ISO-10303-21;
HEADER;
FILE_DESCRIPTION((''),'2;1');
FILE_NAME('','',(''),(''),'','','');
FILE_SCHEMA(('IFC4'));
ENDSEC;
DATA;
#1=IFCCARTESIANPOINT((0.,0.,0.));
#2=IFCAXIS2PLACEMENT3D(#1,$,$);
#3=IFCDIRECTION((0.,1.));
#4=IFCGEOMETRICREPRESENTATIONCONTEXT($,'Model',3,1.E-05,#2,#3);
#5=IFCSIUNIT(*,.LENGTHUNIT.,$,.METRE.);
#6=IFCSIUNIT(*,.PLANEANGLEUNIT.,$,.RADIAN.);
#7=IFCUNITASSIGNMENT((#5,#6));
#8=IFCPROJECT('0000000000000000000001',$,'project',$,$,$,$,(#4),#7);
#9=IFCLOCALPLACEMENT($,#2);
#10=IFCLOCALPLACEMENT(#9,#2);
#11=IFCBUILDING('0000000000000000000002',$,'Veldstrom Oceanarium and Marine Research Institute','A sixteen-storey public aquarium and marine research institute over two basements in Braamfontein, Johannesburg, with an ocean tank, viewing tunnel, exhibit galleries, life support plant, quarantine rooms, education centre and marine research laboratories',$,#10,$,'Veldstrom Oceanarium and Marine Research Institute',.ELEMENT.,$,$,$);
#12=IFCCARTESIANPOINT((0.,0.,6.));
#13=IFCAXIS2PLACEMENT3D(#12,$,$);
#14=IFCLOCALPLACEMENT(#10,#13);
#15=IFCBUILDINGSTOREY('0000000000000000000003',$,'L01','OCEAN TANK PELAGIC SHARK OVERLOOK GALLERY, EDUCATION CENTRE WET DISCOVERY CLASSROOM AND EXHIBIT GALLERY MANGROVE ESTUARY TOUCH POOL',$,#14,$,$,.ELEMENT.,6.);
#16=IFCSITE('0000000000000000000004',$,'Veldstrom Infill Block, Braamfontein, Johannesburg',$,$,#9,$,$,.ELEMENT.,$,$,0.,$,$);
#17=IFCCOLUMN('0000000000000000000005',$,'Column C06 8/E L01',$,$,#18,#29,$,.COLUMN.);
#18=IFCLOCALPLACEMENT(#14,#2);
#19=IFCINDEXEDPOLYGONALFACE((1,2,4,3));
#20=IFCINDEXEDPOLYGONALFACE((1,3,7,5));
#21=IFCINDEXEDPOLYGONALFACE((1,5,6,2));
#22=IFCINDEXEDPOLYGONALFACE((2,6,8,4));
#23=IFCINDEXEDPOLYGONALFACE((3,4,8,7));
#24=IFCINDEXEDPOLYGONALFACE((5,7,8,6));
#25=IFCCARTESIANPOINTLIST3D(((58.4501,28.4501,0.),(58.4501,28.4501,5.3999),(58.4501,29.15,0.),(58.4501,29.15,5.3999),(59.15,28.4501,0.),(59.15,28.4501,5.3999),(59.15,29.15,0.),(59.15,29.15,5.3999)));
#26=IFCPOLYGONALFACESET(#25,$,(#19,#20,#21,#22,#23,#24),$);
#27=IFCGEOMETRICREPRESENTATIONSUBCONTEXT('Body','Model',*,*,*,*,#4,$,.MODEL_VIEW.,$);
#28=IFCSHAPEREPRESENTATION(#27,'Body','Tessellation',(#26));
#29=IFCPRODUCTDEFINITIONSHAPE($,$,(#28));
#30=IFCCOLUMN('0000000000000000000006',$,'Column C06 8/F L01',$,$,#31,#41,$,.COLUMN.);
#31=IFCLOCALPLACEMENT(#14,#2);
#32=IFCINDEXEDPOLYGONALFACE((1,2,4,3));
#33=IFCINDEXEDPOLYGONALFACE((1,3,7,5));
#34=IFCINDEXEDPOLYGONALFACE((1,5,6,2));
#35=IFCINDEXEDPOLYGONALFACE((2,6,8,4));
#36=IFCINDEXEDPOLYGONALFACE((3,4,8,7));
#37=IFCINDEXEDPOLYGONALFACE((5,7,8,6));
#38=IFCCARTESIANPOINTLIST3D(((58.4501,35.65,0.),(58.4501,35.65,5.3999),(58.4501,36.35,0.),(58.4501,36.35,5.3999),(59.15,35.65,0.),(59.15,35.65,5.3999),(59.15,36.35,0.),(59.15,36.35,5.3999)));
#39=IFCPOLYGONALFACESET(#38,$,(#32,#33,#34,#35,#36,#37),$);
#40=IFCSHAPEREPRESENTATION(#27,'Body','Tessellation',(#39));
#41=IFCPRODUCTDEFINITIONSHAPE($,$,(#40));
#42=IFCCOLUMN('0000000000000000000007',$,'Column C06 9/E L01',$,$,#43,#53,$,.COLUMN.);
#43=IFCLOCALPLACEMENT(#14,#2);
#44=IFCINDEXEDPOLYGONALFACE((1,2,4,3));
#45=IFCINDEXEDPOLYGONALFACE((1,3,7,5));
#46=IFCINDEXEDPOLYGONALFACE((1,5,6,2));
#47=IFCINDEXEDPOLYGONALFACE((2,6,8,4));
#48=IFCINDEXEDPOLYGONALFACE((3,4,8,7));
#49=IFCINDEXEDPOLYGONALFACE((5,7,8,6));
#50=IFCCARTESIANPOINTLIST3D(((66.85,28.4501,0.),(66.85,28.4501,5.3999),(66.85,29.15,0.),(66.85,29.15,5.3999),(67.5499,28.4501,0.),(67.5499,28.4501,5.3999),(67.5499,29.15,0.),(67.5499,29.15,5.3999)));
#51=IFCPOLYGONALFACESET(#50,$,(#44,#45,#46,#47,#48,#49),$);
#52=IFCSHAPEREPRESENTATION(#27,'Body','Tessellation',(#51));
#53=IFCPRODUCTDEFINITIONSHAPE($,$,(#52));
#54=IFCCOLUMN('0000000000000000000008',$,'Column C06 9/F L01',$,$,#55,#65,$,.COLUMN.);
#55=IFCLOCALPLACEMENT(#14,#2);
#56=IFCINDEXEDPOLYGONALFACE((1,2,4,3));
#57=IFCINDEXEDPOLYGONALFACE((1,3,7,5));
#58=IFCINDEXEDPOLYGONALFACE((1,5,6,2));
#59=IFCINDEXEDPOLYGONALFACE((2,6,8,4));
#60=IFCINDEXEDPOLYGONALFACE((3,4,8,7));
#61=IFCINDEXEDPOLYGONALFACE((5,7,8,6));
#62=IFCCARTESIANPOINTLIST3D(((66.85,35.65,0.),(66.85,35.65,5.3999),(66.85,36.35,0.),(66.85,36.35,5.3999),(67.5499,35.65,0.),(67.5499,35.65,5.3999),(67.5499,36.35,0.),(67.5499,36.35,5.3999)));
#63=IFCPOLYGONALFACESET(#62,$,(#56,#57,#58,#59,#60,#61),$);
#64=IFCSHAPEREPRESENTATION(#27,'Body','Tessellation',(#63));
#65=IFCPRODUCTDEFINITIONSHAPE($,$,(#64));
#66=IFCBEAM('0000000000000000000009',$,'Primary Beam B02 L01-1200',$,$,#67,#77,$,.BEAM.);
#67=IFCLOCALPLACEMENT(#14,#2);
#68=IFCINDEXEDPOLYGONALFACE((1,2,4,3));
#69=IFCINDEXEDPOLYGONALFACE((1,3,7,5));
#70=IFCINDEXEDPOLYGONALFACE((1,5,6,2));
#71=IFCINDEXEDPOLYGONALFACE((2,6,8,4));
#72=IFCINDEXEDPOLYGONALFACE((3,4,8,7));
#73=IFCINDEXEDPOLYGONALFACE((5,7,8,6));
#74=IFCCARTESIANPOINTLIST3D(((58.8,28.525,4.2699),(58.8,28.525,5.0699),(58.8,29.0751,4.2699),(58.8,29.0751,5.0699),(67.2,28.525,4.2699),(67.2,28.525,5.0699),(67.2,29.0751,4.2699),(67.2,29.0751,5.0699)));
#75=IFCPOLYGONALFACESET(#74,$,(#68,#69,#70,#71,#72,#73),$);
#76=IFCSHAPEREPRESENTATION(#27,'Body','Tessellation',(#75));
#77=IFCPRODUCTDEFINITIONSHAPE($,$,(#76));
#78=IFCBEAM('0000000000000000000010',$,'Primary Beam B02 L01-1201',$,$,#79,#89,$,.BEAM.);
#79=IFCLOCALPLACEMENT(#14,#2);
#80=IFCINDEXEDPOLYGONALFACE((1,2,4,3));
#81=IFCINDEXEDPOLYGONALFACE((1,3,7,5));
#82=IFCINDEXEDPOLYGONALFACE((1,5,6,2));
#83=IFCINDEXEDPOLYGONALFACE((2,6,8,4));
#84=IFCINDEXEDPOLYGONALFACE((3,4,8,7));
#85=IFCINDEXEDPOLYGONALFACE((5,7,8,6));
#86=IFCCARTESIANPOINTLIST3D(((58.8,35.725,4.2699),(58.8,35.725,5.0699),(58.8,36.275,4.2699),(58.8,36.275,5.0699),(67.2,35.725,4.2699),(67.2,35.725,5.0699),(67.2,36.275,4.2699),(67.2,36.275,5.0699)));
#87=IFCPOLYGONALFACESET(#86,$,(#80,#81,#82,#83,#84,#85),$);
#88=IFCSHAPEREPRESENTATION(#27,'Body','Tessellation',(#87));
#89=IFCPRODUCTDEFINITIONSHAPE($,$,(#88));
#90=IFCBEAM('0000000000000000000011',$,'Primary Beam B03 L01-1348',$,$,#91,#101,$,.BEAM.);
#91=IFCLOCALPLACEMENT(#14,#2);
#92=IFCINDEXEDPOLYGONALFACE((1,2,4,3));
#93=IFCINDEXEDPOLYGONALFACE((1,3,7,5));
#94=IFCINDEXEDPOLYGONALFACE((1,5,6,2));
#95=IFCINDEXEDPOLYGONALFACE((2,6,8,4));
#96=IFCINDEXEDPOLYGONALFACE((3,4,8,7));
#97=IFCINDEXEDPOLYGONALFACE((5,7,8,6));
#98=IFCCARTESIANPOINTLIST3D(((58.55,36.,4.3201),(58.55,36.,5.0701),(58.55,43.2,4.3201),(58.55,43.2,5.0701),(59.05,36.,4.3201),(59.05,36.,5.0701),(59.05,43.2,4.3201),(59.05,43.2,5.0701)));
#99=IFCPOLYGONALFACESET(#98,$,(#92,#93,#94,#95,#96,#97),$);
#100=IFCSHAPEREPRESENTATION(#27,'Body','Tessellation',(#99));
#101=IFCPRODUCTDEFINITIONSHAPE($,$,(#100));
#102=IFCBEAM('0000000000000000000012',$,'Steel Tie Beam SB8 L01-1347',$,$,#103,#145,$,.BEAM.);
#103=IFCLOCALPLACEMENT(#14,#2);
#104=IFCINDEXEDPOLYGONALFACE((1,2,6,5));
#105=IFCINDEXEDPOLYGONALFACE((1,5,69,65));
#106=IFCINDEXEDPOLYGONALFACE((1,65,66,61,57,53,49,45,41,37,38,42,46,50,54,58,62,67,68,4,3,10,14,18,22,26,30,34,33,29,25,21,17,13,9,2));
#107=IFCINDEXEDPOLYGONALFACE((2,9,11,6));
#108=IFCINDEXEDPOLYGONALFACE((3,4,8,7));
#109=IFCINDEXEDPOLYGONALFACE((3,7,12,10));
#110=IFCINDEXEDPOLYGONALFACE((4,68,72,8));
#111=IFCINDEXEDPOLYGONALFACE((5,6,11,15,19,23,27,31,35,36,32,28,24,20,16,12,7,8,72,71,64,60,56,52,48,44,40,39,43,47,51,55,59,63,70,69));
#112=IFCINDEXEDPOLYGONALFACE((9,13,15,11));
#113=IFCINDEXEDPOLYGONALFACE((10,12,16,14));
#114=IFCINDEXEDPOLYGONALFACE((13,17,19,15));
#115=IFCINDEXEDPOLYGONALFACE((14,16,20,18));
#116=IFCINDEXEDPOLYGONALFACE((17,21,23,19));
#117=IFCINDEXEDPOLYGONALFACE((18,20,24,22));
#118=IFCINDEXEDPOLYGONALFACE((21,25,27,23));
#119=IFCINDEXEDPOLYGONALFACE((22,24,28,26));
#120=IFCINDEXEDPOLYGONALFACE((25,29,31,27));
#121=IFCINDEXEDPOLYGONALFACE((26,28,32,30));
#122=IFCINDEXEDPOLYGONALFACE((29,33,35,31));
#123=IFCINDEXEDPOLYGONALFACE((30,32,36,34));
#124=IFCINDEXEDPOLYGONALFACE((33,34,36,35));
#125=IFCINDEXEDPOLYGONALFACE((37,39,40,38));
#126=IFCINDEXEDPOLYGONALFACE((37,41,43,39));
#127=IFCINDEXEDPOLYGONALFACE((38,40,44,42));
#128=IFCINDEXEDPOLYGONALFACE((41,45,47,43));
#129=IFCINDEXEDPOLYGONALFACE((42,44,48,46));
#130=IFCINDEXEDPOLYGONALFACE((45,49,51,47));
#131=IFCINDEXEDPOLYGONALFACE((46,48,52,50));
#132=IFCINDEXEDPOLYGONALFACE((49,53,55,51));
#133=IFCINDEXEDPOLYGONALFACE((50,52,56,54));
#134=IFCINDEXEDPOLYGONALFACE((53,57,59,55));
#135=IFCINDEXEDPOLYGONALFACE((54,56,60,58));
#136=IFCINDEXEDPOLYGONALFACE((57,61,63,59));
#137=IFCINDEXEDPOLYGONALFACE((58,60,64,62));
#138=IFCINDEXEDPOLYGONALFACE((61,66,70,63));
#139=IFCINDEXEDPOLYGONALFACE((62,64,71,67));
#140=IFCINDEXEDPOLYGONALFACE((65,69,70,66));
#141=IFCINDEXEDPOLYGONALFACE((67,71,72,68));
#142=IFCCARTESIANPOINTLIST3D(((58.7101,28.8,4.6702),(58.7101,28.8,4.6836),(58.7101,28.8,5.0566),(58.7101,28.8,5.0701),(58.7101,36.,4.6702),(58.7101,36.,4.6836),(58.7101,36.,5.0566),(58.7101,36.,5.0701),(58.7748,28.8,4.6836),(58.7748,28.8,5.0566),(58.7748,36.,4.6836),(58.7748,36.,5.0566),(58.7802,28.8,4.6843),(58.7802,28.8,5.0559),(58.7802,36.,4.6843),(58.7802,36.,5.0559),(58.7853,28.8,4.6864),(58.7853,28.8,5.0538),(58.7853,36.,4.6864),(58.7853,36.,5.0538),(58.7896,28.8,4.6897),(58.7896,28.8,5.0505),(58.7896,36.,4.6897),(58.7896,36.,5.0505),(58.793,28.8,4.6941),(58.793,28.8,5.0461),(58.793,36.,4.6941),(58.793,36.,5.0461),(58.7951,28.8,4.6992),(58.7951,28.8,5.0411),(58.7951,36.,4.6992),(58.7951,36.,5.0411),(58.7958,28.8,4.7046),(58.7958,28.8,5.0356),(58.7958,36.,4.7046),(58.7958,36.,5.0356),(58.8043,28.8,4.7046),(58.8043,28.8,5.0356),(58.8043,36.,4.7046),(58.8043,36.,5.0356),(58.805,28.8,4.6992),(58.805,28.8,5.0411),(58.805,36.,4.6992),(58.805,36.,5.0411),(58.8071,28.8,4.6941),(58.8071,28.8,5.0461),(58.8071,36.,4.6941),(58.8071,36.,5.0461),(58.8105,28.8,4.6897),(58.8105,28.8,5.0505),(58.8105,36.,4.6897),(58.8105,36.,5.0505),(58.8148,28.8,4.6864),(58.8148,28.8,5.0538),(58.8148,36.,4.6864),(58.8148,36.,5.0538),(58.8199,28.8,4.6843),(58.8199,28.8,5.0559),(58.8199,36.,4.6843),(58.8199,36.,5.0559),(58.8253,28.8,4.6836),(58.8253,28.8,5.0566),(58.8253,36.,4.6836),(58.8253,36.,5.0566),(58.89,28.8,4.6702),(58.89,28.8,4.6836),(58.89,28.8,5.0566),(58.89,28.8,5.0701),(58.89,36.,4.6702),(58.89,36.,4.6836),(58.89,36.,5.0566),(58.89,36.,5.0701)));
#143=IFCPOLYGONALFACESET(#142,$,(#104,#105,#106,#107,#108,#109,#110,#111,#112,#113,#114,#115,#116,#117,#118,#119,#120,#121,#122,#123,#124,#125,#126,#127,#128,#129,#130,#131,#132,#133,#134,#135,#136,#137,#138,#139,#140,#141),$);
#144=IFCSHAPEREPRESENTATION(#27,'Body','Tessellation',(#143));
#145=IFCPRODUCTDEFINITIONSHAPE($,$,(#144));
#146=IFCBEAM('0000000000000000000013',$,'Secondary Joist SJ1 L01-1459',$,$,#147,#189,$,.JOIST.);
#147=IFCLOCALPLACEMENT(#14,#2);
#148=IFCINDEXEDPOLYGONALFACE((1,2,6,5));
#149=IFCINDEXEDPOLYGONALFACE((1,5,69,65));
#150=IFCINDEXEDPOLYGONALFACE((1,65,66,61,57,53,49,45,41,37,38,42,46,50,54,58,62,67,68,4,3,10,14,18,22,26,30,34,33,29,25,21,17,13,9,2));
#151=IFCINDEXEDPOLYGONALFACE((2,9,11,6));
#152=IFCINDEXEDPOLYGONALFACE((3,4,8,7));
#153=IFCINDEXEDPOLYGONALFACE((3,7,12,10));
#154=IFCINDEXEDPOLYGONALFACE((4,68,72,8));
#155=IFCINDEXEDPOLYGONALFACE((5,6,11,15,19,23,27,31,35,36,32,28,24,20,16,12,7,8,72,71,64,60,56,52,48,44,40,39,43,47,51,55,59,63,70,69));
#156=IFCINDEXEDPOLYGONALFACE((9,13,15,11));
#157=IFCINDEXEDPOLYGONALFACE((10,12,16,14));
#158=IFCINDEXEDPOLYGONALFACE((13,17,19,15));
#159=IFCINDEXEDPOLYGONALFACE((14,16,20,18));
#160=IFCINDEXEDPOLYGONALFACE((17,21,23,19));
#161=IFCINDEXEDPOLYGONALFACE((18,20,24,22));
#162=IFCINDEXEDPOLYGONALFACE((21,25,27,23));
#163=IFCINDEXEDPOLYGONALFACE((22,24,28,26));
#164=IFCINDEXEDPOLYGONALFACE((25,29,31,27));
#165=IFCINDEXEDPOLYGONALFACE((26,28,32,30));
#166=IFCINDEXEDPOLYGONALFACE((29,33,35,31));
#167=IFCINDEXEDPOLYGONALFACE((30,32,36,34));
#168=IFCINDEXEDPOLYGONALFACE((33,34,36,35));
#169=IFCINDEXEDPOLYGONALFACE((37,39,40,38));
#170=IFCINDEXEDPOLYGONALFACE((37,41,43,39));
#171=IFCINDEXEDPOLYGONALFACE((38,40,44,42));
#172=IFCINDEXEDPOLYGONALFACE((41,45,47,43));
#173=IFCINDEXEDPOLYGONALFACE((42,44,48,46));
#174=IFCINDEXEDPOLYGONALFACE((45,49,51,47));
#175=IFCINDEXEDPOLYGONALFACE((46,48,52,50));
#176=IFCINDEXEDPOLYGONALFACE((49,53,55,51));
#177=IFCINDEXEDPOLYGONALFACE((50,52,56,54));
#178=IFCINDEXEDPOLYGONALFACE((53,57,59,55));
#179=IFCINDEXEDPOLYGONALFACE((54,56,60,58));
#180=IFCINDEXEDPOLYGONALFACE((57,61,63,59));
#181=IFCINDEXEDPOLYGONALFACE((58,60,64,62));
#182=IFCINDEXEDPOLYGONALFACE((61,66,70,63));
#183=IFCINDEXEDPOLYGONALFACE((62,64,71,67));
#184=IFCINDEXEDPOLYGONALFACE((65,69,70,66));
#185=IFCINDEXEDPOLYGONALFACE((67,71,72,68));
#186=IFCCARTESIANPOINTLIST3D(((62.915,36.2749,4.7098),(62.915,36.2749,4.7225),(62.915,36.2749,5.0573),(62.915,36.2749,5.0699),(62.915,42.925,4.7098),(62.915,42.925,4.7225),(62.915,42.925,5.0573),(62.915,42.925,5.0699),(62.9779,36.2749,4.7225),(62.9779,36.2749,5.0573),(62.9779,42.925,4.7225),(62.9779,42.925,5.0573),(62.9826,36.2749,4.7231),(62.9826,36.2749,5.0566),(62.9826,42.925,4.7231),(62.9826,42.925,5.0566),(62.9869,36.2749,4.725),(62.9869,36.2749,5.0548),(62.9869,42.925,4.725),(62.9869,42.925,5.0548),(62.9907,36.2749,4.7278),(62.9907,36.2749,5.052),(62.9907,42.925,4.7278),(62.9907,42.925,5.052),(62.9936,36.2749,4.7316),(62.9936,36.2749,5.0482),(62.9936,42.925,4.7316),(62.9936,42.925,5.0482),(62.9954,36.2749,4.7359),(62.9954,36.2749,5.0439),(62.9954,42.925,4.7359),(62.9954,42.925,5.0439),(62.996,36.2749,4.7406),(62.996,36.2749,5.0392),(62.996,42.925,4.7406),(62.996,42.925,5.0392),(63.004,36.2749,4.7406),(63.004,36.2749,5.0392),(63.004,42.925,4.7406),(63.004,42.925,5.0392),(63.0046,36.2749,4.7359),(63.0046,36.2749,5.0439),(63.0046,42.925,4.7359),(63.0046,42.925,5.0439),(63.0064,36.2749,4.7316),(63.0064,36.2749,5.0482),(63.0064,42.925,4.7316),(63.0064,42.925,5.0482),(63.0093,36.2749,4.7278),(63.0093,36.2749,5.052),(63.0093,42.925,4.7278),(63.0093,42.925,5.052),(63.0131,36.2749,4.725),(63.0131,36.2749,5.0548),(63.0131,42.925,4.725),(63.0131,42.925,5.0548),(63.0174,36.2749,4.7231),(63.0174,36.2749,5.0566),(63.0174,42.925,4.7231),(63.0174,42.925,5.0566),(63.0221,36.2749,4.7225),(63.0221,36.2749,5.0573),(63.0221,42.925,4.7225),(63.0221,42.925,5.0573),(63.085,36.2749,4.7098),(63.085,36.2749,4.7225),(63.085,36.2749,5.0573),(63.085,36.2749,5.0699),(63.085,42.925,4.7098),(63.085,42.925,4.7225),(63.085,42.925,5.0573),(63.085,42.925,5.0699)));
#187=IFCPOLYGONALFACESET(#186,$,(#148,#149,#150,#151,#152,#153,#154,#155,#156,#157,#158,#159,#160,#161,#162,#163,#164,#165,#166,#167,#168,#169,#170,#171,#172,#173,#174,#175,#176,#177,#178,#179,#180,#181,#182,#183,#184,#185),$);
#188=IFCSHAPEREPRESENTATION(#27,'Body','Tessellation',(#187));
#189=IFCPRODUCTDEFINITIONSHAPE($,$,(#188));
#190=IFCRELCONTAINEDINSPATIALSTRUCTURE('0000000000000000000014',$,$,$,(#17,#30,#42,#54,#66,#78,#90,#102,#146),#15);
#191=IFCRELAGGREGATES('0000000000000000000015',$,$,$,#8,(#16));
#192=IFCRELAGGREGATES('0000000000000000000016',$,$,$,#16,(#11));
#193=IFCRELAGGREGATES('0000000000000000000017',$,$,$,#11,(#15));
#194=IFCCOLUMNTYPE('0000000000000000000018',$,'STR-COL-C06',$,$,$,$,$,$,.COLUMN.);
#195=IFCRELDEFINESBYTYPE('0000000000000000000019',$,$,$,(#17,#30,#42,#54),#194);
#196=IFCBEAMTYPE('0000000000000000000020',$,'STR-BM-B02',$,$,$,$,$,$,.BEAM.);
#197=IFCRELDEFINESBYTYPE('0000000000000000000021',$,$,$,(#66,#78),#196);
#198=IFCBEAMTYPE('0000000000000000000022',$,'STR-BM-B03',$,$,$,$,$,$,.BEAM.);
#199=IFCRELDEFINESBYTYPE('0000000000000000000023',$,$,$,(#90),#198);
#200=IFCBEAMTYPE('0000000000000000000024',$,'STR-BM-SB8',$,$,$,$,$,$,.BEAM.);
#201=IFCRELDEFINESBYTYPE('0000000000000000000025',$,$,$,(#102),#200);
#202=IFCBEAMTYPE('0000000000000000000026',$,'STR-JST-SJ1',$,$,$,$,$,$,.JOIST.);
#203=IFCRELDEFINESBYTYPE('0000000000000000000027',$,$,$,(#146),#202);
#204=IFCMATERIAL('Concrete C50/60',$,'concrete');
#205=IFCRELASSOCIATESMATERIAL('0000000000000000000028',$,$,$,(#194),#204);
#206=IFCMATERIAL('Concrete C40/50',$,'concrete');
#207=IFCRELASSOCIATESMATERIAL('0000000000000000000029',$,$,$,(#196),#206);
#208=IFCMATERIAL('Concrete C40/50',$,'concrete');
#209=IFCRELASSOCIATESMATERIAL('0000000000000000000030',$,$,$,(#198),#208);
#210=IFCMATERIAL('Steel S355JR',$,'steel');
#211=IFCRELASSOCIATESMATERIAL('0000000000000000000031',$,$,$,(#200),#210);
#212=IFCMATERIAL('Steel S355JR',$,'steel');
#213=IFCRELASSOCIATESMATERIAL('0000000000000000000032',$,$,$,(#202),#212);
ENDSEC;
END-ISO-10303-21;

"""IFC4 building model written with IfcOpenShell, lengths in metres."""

from ifc_helpers import new_model, si_unit, direction, frame, origin, origin_2d, place, context, subcontext, project, spatial, rectangle, i_section, extrude, material, material_profile, profile_set, type_object, element, save


model = new_model("IFC4")

# Units and contexts
model_context = context("Model", 3, precision=1e-05, world=origin(), true_north=direction((0.0, 1.0)))
body_context = subcontext(model_context, "Body", "Model", "MODEL_VIEW")
ifc_project = project(units=[si_unit("LENGTHUNIT", "METRE"), si_unit("PLANEANGLEUNIT", "RADIAN")], contexts=[model_context])

# Site, building, storey
site_placement = place(None, origin())
site = spatial("IfcSite", under=ifc_project, at=site_placement, Name="Veldstrom Infill Block, Braamfontein, Johannesburg", CompositionType="ELEMENT", RefElevation=0.0)
building_placement = place(site_placement, origin())
building = spatial("IfcBuilding", under=site, at=building_placement, Name="Veldstrom Oceanarium and Marine Research Institute", Description="A sixteen-storey public aquarium and marine research institute over two basements in Braamfontein, Johannesburg, with an ocean tank, viewing tunnel, exhibit galleries, life support plant, quarantine rooms, education centre and marine research laboratories", LongName="Veldstrom Oceanarium and Marine Research Institute", CompositionType="ELEMENT")
storey_placement = place(building_placement, frame((0.0, 0.0, 6.0)))
storey = spatial("IfcBuildingStorey", under=building, at=storey_placement, Name="L01", Description="OCEAN TANK PELAGIC SHARK OVERLOOK GALLERY, EDUCATION CENTRE WET DISCOVERY CLASSROOM AND EXHIBIT GALLERY MANGROVE ESTUARY TOUCH POOL", CompositionType="ELEMENT", Elevation=6.0)

# Columns
ifc_material_1 = material(Name="Concrete C50/60", Category="concrete")
ifc_material_profile_1 = material_profile(ifc_material_1, rectangle(XDim=0.7, YDim=0.7, at=origin_2d()), Name="RC-COL-700x700")
ifc_profile_set_1 = profile_set([ifc_material_profile_1], Name="Concrete C50/60")
column_type = type_object("IfcColumnType", Name="STR-COL-C06", PredefinedType="COLUMN", material=ifc_profile_set_1)
for number, where, z_axis, x_axis, name in (
    (1, (58.8, 28.8, 0.0), (0.0, 0.0, 1.0), (1.0, 0.0, 0.0), "Column C06 8/E L01"),
    (2, (58.8, 36.0, 0.0), (0.0, 0.0, 1.0), (1.0, 0.0, 0.0), "Column C06 8/F L01"),
    (3, (67.2, 28.8, 0.0), (0.0, 0.0, 1.0), (1.0, 0.0, 0.0), "Column C06 9/E L01"),
    (4, (67.2, 36.0, 0.0), (0.0, 0.0, 1.0), (1.0, 0.0, 0.0), "Column C06 9/F L01"),
):
    element("IfcColumn", number, at=place(storey_placement, frame(where, z_axis=z_axis, x_axis=x_axis)), inside=storey, type_object=column_type, Name=name, PredefinedType="COLUMN", context=body_context, shape_type="SweptSolid", body=[
        extrude(rectangle(XDim=0.7, YDim=0.7, at=origin_2d()), origin(), (0.0, 0.0, 1.0), 5.3999),
    ])

# Beams
ifc_material_2 = material(Name="Concrete C40/50", Category="concrete")
ifc_material_profile_2 = material_profile(ifc_material_2, rectangle(XDim=0.55, YDim=0.8, at=origin_2d()), Name="RC-BM-550x800")
ifc_profile_set_2 = profile_set([ifc_material_profile_2], Name="Concrete C40/50")
beam_type_1 = type_object("IfcBeamType", Name="STR-BM-B02", PredefinedType="BEAM", material=ifc_profile_set_2)
for number, where, z_axis, x_axis, name in (
    (5, (58.8, 28.8, 4.6699), (1.0, 0.0, 0.0), (0.0, 1.0, 0.0), "Primary Beam B02 L01-1200"),
    (6, (58.8, 36.0, 4.6699), (1.0, 0.0, 0.0), (0.0, 1.0, 0.0), "Primary Beam B02 L01-1201"),
):
    element("IfcBeam", number, at=place(storey_placement, frame(where, z_axis=z_axis, x_axis=x_axis)), inside=storey, type_object=beam_type_1, Name=name, PredefinedType="BEAM", context=body_context, shape_type="SweptSolid", body=[
        extrude(rectangle(XDim=0.55, YDim=0.8, at=origin_2d()), origin(), (0.0, 0.0, 1.0), 8.3999),
    ])
ifc_material_3 = material(Name="Concrete C40/50", Category="concrete")
ifc_material_profile_3 = material_profile(ifc_material_3, rectangle(XDim=0.5, YDim=0.75, at=origin_2d()), Name="RC-BM-500x750")
ifc_profile_set_3 = profile_set([ifc_material_profile_3], Name="Concrete C40/50")
beam_type_2 = type_object("IfcBeamType", Name="STR-BM-B03", PredefinedType="BEAM", material=ifc_profile_set_3)
beam_1_placement = place(storey_placement, frame((58.8, 36.0, 4.6951), z_axis=(0.0, 1.0, 0.0), x_axis=(-1.0, 0.0, 0.0)))
element("IfcBeam", 7, at=beam_1_placement, inside=storey, type_object=beam_type_2, Name="Primary Beam B03 L01-1348", PredefinedType="BEAM", context=body_context, shape_type="SweptSolid", body=[
    extrude(rectangle(XDim=0.5, YDim=0.75, at=origin_2d()), origin(), (0.0, 0.0, 1.0), 7.2),
])
ifc_material_4 = material(Name="Steel S355JR", Category="steel")
ifc_material_profile_4 = material_profile(ifc_material_4, i_section(OverallWidth=0.1799, OverallDepth=0.3999, WebThickness=0.0085, FlangeThickness=0.0134, FilletRadius=0.021, at=origin_2d()), Name="IPE 400")
ifc_profile_set_4 = profile_set([ifc_material_profile_4], Name="Steel S355JR")
beam_type_3 = type_object("IfcBeamType", Name="STR-BM-SB8", PredefinedType="BEAM", material=ifc_profile_set_4)
beam_2_placement = place(storey_placement, frame((58.8, 28.8, 4.8701), z_axis=(0.0, 1.0, 0.0), x_axis=(-1.0, 0.0, 0.0)))
element("IfcBeam", 8, at=beam_2_placement, inside=storey, type_object=beam_type_3, Name="Steel Tie Beam SB8 L01-1347", PredefinedType="BEAM", context=body_context, shape_type="SweptSolid", body=[
    extrude(i_section(OverallWidth=0.1799, OverallDepth=0.3999, WebThickness=0.0085, FlangeThickness=0.0134, FilletRadius=0.021, at=origin_2d()), origin(), (0.0, 0.0, 1.0), 7.2),
])
ifc_material_5 = material(Name="Steel S355JR", Category="steel")
ifc_material_profile_5 = material_profile(ifc_material_5, i_section(OverallWidth=0.1699, OverallDepth=0.3601, WebThickness=0.0081, FlangeThickness=0.0127, FilletRadius=0.0181, at=origin_2d()), Name="IPE 360")
ifc_profile_set_5 = profile_set([ifc_material_profile_5], Name="Steel S355JR")
beam_type_4 = type_object("IfcBeamType", Name="STR-JST-SJ1", PredefinedType="JOIST", material=ifc_profile_set_5)
beam_3_placement = place(storey_placement, frame((63.0, 36.2749, 4.8899), z_axis=(0.0, 1.0, 0.0), x_axis=(-1.0, 0.0, 0.0)))
element("IfcBeam", 9, at=beam_3_placement, inside=storey, type_object=beam_type_4, Name="Secondary Joist SJ1 L01-1459", PredefinedType="JOIST", context=body_context, shape_type="SweptSolid", body=[
    extrude(i_section(OverallWidth=0.1699, OverallDepth=0.3601, WebThickness=0.0081, FlangeThickness=0.0127, FilletRadius=0.0181, at=origin_2d()), origin(), (0.0, 0.0, 1.0), 6.6501),
])

save(model, "model.ifc")
